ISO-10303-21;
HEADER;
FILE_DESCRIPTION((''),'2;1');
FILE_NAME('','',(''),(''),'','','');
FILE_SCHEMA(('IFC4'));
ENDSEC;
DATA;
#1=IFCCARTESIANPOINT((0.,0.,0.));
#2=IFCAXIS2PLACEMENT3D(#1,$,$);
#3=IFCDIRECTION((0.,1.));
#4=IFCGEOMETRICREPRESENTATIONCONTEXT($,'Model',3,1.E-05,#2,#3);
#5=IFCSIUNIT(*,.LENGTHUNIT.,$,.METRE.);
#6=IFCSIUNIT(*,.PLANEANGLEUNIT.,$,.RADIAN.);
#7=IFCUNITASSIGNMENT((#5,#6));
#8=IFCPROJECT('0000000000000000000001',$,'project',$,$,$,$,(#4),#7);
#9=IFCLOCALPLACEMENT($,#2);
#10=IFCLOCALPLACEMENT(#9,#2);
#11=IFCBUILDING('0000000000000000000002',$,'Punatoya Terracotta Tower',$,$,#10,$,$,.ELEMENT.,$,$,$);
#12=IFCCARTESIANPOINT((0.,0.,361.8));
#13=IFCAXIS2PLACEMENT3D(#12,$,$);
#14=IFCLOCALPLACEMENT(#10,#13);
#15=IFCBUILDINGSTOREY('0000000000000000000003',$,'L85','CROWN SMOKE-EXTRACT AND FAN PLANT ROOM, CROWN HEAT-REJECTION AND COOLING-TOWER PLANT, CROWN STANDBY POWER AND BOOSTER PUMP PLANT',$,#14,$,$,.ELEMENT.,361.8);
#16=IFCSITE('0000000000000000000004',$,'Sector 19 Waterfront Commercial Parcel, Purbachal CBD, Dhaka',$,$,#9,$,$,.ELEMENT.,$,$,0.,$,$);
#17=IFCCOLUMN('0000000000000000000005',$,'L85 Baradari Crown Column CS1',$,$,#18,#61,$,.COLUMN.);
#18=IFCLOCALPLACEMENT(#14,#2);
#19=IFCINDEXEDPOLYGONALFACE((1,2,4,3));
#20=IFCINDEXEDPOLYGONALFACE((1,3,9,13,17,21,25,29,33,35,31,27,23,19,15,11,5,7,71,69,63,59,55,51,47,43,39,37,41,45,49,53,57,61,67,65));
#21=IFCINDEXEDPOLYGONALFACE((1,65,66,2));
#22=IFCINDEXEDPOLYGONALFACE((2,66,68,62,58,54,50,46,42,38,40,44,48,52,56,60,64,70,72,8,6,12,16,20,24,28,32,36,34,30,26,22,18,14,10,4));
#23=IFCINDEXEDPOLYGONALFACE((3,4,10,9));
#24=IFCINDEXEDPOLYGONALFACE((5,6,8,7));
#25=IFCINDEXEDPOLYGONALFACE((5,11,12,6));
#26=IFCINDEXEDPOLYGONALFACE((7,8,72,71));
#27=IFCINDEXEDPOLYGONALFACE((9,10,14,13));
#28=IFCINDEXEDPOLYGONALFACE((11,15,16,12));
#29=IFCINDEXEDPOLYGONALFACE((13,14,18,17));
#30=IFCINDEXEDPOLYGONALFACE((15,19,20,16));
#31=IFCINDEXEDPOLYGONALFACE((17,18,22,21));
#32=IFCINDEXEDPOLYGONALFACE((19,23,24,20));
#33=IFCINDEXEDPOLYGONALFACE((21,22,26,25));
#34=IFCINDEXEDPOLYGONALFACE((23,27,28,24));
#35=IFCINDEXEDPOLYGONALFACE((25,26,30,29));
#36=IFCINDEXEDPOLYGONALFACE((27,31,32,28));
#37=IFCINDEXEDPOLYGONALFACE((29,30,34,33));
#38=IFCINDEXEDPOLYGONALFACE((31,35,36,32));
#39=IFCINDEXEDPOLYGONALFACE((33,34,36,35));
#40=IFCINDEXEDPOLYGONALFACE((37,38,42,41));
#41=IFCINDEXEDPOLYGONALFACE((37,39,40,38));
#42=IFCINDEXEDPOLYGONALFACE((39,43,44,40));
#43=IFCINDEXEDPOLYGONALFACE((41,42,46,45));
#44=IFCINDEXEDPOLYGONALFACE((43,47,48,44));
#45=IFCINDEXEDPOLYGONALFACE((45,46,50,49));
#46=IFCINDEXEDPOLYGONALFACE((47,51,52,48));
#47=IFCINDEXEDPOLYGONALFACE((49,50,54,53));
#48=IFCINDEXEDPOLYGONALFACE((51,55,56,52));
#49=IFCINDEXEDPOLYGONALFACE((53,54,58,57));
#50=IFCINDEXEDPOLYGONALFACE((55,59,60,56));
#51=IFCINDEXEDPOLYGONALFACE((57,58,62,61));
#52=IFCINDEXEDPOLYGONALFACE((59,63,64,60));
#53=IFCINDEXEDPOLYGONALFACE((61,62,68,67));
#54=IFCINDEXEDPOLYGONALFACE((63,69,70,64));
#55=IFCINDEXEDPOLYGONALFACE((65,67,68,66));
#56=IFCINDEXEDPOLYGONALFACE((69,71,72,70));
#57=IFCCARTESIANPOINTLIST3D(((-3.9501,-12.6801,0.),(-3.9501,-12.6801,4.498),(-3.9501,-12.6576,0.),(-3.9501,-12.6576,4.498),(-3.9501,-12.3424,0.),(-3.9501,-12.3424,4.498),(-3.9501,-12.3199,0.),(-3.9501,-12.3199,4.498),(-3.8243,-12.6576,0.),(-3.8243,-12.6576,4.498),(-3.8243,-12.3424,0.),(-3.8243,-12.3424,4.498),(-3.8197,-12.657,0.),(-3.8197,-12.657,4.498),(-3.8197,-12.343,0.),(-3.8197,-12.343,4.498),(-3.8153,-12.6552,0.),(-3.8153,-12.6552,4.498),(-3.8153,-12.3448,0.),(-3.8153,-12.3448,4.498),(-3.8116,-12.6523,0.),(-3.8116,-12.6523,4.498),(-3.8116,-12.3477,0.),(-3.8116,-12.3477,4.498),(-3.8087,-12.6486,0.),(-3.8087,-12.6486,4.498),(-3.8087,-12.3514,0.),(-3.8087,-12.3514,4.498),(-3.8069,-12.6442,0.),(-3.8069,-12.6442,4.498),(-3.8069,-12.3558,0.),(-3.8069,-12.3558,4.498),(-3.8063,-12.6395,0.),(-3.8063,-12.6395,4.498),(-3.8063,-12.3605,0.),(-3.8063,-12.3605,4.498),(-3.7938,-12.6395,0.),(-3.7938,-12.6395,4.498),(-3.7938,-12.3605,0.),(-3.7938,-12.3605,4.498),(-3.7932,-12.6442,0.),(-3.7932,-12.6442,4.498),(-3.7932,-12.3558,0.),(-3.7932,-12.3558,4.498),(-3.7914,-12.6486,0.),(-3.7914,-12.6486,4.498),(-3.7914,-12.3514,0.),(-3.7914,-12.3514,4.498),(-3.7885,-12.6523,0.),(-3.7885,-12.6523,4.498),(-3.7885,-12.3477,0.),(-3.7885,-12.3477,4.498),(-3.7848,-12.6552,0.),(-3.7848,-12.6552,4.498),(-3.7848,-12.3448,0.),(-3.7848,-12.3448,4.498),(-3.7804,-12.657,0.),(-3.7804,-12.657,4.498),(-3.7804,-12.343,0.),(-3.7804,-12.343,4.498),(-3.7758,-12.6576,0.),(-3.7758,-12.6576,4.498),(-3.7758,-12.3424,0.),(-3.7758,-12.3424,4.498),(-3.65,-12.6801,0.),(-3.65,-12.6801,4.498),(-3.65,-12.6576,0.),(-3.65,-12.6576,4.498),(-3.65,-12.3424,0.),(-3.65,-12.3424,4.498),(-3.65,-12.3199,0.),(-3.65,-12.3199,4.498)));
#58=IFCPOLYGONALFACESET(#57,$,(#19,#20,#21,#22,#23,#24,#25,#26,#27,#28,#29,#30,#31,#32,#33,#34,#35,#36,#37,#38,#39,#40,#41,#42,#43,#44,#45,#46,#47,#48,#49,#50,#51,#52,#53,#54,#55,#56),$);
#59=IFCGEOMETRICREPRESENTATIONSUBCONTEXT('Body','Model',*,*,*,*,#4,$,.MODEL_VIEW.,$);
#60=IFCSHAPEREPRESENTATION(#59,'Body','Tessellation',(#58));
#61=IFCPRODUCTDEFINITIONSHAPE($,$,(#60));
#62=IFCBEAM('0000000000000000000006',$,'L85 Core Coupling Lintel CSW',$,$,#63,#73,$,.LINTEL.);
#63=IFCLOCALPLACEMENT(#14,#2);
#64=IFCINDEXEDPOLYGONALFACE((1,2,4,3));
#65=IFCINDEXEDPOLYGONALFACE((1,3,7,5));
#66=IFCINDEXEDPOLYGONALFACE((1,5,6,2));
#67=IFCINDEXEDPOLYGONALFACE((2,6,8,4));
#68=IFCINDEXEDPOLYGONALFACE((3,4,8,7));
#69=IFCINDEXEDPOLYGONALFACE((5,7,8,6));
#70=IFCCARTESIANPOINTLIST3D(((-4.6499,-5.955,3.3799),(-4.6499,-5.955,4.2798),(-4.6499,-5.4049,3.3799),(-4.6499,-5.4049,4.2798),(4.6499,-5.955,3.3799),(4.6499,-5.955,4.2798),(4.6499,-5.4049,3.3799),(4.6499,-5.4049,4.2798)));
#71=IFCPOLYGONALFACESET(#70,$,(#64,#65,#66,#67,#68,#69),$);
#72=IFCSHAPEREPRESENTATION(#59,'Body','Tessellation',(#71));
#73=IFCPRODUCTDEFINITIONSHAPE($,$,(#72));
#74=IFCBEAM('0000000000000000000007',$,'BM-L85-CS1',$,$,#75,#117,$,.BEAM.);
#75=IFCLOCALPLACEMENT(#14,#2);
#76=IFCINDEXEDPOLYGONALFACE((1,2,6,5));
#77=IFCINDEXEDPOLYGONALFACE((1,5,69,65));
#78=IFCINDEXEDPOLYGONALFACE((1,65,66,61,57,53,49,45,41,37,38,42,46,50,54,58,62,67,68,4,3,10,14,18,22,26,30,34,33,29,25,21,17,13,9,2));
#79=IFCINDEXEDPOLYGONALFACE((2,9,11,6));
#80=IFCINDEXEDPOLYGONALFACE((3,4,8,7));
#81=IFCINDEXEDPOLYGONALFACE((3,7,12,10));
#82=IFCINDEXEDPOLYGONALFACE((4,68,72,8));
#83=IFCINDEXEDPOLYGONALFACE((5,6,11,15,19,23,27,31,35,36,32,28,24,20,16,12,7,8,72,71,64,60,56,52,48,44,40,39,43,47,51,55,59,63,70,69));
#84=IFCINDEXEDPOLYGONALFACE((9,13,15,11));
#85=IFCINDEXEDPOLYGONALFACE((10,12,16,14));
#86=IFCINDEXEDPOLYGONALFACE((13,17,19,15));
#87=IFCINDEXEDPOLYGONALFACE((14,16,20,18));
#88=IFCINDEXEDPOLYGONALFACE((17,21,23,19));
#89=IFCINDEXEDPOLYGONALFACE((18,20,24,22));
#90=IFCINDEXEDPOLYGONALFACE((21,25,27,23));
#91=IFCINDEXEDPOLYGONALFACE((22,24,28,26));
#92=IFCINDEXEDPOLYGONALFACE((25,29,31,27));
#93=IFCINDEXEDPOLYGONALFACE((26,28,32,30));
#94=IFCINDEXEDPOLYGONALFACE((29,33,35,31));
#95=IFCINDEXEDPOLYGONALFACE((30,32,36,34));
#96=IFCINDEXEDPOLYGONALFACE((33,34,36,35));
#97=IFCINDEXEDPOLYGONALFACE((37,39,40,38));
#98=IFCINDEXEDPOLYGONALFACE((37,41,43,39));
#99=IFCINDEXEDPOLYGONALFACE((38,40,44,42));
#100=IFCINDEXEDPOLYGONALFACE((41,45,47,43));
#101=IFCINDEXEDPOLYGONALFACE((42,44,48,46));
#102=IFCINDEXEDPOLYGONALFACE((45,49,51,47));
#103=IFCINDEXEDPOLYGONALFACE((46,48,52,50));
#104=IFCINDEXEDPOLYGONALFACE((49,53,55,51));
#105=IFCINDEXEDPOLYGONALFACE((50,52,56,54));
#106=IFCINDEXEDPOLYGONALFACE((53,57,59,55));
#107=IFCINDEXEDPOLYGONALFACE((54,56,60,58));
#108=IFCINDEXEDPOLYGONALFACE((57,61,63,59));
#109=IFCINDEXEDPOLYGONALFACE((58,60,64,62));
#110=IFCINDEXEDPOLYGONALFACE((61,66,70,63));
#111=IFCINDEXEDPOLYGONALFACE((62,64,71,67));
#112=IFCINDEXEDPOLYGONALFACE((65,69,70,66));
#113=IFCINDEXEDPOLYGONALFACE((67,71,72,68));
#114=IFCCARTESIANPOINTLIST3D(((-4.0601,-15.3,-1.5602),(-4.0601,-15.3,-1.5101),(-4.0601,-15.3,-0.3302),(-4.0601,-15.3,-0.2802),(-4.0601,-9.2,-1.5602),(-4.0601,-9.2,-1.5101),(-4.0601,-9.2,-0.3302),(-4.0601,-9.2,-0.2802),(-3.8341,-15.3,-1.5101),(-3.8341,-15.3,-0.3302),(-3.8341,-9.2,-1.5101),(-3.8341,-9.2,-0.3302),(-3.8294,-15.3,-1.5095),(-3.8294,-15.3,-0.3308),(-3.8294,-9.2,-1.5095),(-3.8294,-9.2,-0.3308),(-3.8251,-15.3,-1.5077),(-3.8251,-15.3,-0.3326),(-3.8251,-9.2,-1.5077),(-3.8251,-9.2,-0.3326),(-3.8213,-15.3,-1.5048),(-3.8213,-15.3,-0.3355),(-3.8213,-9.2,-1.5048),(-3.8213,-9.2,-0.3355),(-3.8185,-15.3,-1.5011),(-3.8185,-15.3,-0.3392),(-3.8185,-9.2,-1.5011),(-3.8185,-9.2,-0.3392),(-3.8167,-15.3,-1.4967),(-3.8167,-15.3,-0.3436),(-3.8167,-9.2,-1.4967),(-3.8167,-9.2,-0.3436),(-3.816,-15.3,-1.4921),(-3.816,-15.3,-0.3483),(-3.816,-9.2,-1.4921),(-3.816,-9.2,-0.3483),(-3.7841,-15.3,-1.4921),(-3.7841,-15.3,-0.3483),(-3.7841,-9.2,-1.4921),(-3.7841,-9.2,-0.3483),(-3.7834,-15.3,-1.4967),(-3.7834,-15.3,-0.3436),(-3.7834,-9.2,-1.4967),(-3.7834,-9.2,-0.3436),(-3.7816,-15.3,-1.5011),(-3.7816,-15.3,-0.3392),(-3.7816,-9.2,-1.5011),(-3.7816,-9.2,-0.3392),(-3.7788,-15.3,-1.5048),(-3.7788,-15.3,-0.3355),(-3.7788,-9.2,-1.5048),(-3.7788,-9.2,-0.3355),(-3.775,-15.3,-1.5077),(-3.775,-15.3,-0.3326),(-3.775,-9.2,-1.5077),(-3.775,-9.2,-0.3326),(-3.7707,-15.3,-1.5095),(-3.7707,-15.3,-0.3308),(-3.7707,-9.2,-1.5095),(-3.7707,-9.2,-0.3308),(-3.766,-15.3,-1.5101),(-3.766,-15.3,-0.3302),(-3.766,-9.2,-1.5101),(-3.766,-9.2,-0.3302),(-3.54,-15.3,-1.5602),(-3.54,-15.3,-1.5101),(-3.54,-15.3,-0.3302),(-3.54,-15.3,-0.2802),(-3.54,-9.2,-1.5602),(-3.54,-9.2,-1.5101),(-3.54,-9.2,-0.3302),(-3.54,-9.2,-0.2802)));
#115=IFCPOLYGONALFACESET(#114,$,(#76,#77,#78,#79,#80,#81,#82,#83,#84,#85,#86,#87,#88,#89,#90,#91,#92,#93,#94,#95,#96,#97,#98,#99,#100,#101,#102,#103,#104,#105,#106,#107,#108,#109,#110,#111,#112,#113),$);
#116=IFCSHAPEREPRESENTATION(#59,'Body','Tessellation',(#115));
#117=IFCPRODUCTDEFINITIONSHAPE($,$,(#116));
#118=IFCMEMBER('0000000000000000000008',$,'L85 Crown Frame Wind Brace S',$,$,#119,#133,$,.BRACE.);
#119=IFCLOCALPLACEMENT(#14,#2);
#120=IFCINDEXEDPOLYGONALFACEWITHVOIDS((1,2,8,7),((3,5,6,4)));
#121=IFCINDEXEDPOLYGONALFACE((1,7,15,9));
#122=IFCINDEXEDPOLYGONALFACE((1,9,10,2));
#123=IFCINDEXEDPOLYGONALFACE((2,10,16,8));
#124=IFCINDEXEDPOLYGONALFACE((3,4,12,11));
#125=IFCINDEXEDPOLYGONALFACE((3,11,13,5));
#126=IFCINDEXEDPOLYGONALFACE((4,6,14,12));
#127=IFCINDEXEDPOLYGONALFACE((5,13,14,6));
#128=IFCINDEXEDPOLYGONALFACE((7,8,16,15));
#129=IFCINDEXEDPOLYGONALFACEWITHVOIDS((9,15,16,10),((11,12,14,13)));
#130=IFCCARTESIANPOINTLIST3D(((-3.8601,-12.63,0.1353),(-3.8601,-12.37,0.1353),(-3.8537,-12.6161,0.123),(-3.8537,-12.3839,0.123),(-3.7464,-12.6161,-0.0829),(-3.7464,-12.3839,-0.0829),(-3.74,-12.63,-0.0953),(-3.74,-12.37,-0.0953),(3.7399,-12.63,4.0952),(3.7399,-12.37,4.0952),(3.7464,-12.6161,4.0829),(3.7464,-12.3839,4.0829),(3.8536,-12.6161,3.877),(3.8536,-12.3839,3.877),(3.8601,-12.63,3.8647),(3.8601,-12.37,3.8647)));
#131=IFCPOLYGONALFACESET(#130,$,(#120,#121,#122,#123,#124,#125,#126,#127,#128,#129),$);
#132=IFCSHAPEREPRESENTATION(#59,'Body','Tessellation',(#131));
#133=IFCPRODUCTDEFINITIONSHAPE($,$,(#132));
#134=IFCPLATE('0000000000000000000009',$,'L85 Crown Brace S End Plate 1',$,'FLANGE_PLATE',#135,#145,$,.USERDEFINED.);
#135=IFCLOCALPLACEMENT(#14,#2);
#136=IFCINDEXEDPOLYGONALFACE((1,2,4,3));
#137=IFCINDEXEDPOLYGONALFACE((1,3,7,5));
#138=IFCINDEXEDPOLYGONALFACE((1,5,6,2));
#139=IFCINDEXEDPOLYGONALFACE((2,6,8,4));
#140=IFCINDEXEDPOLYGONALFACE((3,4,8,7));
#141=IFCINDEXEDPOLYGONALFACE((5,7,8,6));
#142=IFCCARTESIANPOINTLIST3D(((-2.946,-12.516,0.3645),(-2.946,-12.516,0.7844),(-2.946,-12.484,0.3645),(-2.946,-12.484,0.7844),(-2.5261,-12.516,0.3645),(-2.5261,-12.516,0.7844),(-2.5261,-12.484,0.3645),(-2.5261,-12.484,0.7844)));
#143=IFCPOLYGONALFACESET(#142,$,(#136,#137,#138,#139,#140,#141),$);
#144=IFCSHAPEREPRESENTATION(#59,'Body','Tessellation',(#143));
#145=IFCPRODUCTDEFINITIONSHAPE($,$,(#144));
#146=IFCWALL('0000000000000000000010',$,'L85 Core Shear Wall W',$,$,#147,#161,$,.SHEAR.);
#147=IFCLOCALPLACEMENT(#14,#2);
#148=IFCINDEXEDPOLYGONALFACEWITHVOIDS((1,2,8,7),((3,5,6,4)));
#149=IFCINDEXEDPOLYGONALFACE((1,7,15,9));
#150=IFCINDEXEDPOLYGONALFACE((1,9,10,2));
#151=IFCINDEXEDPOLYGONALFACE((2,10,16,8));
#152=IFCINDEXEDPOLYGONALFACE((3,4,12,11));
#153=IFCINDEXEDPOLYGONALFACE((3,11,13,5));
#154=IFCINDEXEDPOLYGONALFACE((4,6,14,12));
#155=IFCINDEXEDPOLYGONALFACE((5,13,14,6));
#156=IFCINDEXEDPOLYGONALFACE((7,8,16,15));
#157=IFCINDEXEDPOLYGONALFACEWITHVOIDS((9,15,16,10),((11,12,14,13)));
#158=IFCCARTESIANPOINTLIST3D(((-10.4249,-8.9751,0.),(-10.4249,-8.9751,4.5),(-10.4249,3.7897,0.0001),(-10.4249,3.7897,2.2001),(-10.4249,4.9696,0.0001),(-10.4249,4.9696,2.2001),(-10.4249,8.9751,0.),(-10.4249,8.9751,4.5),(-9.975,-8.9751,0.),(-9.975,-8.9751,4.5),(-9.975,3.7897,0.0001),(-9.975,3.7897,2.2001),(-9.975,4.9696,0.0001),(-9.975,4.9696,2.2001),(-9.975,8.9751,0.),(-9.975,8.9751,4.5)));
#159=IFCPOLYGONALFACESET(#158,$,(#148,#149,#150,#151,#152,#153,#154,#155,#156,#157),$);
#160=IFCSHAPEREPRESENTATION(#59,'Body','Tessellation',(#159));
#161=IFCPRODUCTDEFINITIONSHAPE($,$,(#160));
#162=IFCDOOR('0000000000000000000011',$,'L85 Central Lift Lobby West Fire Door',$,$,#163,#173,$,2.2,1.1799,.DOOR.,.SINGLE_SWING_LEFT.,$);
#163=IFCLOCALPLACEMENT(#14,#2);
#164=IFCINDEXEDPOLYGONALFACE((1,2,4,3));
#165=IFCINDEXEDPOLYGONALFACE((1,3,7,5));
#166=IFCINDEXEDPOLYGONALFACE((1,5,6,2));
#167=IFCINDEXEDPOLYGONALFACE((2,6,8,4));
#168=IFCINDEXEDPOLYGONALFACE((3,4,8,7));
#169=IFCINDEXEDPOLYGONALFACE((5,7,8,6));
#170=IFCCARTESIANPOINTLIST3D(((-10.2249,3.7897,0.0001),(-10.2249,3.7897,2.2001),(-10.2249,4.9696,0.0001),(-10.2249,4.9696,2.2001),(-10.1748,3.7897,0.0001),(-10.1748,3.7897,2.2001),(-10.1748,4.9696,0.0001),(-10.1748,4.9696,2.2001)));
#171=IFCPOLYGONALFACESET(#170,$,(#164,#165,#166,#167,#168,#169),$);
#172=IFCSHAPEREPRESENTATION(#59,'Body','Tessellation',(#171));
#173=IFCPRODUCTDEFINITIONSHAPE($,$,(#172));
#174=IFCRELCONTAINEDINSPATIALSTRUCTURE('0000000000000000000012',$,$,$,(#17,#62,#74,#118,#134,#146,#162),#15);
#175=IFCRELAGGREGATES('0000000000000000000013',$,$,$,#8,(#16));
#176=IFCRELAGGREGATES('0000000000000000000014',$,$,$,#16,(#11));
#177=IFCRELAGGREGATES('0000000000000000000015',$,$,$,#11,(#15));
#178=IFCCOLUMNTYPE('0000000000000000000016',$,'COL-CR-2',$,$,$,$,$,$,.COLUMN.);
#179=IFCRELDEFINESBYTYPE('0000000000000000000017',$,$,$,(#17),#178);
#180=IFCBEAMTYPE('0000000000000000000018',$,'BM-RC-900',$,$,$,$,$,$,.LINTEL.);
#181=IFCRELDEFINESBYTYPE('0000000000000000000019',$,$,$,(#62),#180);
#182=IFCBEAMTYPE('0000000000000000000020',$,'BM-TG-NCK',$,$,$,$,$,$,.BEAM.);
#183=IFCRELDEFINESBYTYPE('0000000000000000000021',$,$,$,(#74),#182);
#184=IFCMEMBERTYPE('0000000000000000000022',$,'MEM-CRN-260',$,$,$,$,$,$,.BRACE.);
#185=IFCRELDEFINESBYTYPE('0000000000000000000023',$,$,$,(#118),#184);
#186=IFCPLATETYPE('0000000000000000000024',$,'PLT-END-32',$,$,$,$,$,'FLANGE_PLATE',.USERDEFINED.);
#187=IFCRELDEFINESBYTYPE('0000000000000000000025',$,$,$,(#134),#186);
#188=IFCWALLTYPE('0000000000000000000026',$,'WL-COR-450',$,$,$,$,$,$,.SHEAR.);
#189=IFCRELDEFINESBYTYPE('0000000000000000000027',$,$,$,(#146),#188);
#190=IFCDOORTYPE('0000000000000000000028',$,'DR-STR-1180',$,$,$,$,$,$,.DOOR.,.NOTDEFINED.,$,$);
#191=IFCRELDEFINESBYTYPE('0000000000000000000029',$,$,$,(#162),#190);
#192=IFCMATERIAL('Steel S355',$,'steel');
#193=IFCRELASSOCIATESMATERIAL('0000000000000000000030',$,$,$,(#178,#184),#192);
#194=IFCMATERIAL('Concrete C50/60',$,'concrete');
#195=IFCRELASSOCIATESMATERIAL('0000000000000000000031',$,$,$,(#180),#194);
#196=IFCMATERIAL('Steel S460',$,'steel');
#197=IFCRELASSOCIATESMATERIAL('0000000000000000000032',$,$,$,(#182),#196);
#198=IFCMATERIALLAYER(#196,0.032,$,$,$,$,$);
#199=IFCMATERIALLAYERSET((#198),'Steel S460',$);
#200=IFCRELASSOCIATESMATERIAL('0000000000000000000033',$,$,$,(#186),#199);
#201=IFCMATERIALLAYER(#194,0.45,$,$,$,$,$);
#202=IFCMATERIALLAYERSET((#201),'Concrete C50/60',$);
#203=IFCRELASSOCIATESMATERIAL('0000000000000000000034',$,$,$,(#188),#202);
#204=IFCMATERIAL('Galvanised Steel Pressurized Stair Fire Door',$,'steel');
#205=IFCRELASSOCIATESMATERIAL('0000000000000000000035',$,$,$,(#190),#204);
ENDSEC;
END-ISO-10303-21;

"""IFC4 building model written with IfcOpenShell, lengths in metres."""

from ifc_helpers import new_model, si_unit, direction, frame, frame_2d, origin, origin_2d, place, context, subcontext, project, spatial, rectangle, hollow_rectangle, i_section, extrude, material, layer, layer_set, material_profile, profile_set, type_object, element, fill, save


model = new_model("IFC4")

# Units and contexts
model_context = context("Model", 3, precision=1e-05, world=origin(), true_north=direction((0.0, 1.0)))
body_context = subcontext(model_context, "Body", "Model", "MODEL_VIEW")
ifc_project = project(units=[si_unit("LENGTHUNIT", "METRE"), si_unit("PLANEANGLEUNIT", "RADIAN")], contexts=[model_context])

# Site, building, storey
site_placement = place(None, origin())
site = spatial("IfcSite", under=ifc_project, at=site_placement, Name="Sector 19 Waterfront Commercial Parcel, Purbachal CBD, Dhaka", CompositionType="ELEMENT", RefElevation=0.0)
building_placement = place(site_placement, origin())
building = spatial("IfcBuilding", under=site, at=building_placement, Name="Punatoya Terracotta Tower", CompositionType="ELEMENT")
storey_placement = place(building_placement, frame((0.0, 0.0, 361.8)))
storey = spatial("IfcBuildingStorey", under=building, at=storey_placement, Name="L85", Description="CROWN SMOKE-EXTRACT AND FAN PLANT ROOM, CROWN HEAT-REJECTION AND COOLING-TOWER PLANT, CROWN STANDBY POWER AND BOOSTER PUMP PLANT", CompositionType="ELEMENT", Elevation=361.8)

# Column
ifc_material_1 = material(Name="Steel S355", Category="steel")
ifc_material_profile_1 = material_profile(ifc_material_1, i_section(OverallWidth=0.3, OverallDepth=0.3601, WebThickness=0.0125, FlangeThickness=0.0225, FilletRadius=0.0181, at=origin_2d()))
ifc_profile_set_1 = profile_set([ifc_material_profile_1], Name="Steel S355")
column_type = type_object("IfcColumnType", Name="COL-CR-2", PredefinedType="COLUMN", material=ifc_profile_set_1)
column_placement = place(storey_placement, frame((-3.8, -12.5, 0.0), z_axis=(0.0, 0.0, 1.0), x_axis=(1.0, 0.0, 0.0)))
element("IfcColumn", 1, at=column_placement, inside=storey, type_object=column_type, Name="L85 Baradari Crown Column CS1", PredefinedType="COLUMN", context=body_context, shape_type="SweptSolid", body=[
    extrude(i_section(OverallWidth=0.3, OverallDepth=0.3601, WebThickness=0.0125, FlangeThickness=0.0225, FilletRadius=0.0181, at=origin_2d()), origin(), (0.0, 0.0, 1.0), 4.498),
])

# Beams
ifc_material_2 = material(Name="Concrete C50/60", Category="concrete")
ifc_material_profile_2 = material_profile(ifc_material_2, rectangle(XDim=0.55, YDim=0.8999, at=origin_2d()))
ifc_profile_set_2 = profile_set([ifc_material_profile_2], Name="Concrete C50/60")
beam_type_1 = type_object("IfcBeamType", Name="BM-RC-900", PredefinedType="LINTEL", material=ifc_profile_set_2)
beam_1_placement = place(storey_placement, frame((-4.6499, -5.6799, 3.8298), z_axis=(1.0, 0.0, 0.0), x_axis=(0.0, 1.0, 0.0)))
element("IfcBeam", 2, at=beam_1_placement, inside=storey, type_object=beam_type_1, Name="L85 Core Coupling Lintel CSW", PredefinedType="LINTEL", context=body_context, shape_type="SweptSolid", body=[
    extrude(rectangle(XDim=0.55, YDim=0.8999, at=origin_2d()), origin(), (0.0, 0.0, 1.0), 9.2998),
])
ifc_material_3 = material(Name="Steel S460", Category="steel")
ifc_material_profile_3 = material_profile(ifc_material_3, i_section(OverallWidth=0.52, OverallDepth=1.28, WebThickness=0.032, FlangeThickness=0.05, FilletRadius=0.0181, at=origin_2d()))
ifc_profile_set_3 = profile_set([ifc_material_profile_3], Name="Steel S460")
beam_type_2 = type_object("IfcBeamType", Name="BM-TG-NCK", PredefinedType="BEAM", material=ifc_profile_set_3)
beam_2_placement = place(storey_placement, frame((-3.8, -15.3, -0.9202), z_axis=(0.0, 1.0, 0.0), x_axis=(-1.0, 0.0, 0.0)))
element("IfcBeam", 3, at=beam_2_placement, inside=storey, type_object=beam_type_2, Name="BM-L85-CS1", PredefinedType="BEAM", context=body_context, shape_type="SweptSolid", body=[
    extrude(i_section(OverallWidth=0.52, OverallDepth=1.28, WebThickness=0.032, FlangeThickness=0.05, FilletRadius=0.0181, at=origin_2d()), origin(), (0.0, 0.0, 1.0), 6.1001),
])

# Member
ifc_material_profile_4 = material_profile(ifc_material_1, hollow_rectangle(XDim=0.26, YDim=0.26, WallThickness=0.0139, at=origin_2d()))
ifc_profile_set_4 = profile_set([ifc_material_profile_4], Name="Steel S355")
member_type = type_object("IfcMemberType", Name="MEM-CRN-260", PredefinedType="BRACE", material=ifc_profile_set_4)
member_placement = place(storey_placement, frame((-3.8, -12.5, 0.02), z_axis=(0.886839, 0.0, 0.462079), x_axis=(0.0, 1.0, 0.0)))
element("IfcMember", 4, at=member_placement, inside=storey, type_object=member_type, Name="L85 Crown Frame Wind Brace S", PredefinedType="BRACE", context=body_context, shape_type="SweptSolid", body=[
    extrude(hollow_rectangle(XDim=0.26, YDim=0.26, WallThickness=0.0139, at=origin_2d()), origin(), (0.0, 0.0, 1.0), 8.5698),
])

# Plate
ifc_layer_1 = layer(ifc_material_3, 0.032)
ifc_layer_set_1 = layer_set([ifc_layer_1], Name="Steel S460")
plate_type = type_object("IfcPlateType", Name="PLT-END-32", ElementType="FLANGE_PLATE", PredefinedType="USERDEFINED", material=ifc_layer_set_1)
plate_placement = place(storey_placement, frame((-2.7361, -12.5, 0.3645), z_axis=(0.0, 0.0, 1.0), x_axis=(1.0, 0.0, 0.0)))
element("IfcPlate", 5, at=plate_placement, inside=storey, type_object=plate_type, Name="L85 Crown Brace S End Plate 1", ObjectType="FLANGE_PLATE", PredefinedType="USERDEFINED", context=body_context, shape_type="SweptSolid", body=[
    extrude(rectangle(XDim=0.4199, YDim=0.032, at=origin_2d()), origin(), (0.0, 0.0, 1.0), 0.4199),
])

# Wall, opening, door
ifc_layer_2 = layer(ifc_material_2, 0.45)
ifc_layer_set_2 = layer_set([ifc_layer_2], Name="Concrete C50/60")
wall_type_1 = type_object("IfcWallType", Name="WL-COR-450", PredefinedType="SHEAR", material=ifc_layer_set_2)
wall_1_placement = place(storey_placement, frame((-10.2, -8.9751, 0.0), z_axis=(0.0, 0.0, 1.0), x_axis=(0.0, 1.0, 0.0)))
wall_1 = element("IfcWall", 6, at=wall_1_placement, inside=storey, type_object=wall_type_1, Name="L85 Core Shear Wall W", PredefinedType="SHEAR", context=body_context, shape_type="SweptSolid", body=[
    extrude(rectangle(XDim=17.9502, YDim=0.45, at=frame_2d((8.9751, 0.0))), origin(), (0.0, 0.0, 1.0), 4.5),
])
opening_1_placement = place(wall_1_placement, frame((12.7649, 0.0, 0.0)))
opening_1 = element("IfcOpeningElement", 7, at=opening_1_placement, cuts=wall_1, PredefinedType="OPENING", context=body_context, shape_type="SweptSolid", body=[
    extrude(rectangle(XDim=1.1799, YDim=2.2, at=frame_2d((0.5898, 1.1001))), frame((0.0, 0.2349, 0.0), z_axis=(0.0, -1.0, 0.0), x_axis=(1.0, 0.0, 0.0)), (0.0, 0.0, 1.0), 0.47),
])
ifc_material_4 = material(Name="Galvanised Steel Pressurized Stair Fire Door", Category="steel")
door_type_1 = type_object("IfcDoorType", Name="DR-STR-1180", OperationType="NOTDEFINED", PredefinedType="DOOR", material=ifc_material_4)
door_1_placement = place(opening_1_placement, origin())
door_1 = element("IfcDoor", 8, at=door_1_placement, inside=storey, type_object=door_type_1, Name="L85 Central Lift Lobby West Fire Door", OperationType="SINGLE_SWING_LEFT", OverallHeight=2.2, OverallWidth=1.1799, PredefinedType="DOOR", context=body_context, shape_type="SweptSolid", body=[
    extrude(rectangle(XDim=1.1799, YDim=2.2, at=frame_2d((0.5898, 1.1001))), frame((0.0, 0.0249, 0.0), z_axis=(0.0, -1.0, 0.0), x_axis=(1.0, 0.0, 0.0)), (0.0, 0.0, 1.0), 0.05),
])
fill(opening_1, door_1)

save(model, "model.ifc")
